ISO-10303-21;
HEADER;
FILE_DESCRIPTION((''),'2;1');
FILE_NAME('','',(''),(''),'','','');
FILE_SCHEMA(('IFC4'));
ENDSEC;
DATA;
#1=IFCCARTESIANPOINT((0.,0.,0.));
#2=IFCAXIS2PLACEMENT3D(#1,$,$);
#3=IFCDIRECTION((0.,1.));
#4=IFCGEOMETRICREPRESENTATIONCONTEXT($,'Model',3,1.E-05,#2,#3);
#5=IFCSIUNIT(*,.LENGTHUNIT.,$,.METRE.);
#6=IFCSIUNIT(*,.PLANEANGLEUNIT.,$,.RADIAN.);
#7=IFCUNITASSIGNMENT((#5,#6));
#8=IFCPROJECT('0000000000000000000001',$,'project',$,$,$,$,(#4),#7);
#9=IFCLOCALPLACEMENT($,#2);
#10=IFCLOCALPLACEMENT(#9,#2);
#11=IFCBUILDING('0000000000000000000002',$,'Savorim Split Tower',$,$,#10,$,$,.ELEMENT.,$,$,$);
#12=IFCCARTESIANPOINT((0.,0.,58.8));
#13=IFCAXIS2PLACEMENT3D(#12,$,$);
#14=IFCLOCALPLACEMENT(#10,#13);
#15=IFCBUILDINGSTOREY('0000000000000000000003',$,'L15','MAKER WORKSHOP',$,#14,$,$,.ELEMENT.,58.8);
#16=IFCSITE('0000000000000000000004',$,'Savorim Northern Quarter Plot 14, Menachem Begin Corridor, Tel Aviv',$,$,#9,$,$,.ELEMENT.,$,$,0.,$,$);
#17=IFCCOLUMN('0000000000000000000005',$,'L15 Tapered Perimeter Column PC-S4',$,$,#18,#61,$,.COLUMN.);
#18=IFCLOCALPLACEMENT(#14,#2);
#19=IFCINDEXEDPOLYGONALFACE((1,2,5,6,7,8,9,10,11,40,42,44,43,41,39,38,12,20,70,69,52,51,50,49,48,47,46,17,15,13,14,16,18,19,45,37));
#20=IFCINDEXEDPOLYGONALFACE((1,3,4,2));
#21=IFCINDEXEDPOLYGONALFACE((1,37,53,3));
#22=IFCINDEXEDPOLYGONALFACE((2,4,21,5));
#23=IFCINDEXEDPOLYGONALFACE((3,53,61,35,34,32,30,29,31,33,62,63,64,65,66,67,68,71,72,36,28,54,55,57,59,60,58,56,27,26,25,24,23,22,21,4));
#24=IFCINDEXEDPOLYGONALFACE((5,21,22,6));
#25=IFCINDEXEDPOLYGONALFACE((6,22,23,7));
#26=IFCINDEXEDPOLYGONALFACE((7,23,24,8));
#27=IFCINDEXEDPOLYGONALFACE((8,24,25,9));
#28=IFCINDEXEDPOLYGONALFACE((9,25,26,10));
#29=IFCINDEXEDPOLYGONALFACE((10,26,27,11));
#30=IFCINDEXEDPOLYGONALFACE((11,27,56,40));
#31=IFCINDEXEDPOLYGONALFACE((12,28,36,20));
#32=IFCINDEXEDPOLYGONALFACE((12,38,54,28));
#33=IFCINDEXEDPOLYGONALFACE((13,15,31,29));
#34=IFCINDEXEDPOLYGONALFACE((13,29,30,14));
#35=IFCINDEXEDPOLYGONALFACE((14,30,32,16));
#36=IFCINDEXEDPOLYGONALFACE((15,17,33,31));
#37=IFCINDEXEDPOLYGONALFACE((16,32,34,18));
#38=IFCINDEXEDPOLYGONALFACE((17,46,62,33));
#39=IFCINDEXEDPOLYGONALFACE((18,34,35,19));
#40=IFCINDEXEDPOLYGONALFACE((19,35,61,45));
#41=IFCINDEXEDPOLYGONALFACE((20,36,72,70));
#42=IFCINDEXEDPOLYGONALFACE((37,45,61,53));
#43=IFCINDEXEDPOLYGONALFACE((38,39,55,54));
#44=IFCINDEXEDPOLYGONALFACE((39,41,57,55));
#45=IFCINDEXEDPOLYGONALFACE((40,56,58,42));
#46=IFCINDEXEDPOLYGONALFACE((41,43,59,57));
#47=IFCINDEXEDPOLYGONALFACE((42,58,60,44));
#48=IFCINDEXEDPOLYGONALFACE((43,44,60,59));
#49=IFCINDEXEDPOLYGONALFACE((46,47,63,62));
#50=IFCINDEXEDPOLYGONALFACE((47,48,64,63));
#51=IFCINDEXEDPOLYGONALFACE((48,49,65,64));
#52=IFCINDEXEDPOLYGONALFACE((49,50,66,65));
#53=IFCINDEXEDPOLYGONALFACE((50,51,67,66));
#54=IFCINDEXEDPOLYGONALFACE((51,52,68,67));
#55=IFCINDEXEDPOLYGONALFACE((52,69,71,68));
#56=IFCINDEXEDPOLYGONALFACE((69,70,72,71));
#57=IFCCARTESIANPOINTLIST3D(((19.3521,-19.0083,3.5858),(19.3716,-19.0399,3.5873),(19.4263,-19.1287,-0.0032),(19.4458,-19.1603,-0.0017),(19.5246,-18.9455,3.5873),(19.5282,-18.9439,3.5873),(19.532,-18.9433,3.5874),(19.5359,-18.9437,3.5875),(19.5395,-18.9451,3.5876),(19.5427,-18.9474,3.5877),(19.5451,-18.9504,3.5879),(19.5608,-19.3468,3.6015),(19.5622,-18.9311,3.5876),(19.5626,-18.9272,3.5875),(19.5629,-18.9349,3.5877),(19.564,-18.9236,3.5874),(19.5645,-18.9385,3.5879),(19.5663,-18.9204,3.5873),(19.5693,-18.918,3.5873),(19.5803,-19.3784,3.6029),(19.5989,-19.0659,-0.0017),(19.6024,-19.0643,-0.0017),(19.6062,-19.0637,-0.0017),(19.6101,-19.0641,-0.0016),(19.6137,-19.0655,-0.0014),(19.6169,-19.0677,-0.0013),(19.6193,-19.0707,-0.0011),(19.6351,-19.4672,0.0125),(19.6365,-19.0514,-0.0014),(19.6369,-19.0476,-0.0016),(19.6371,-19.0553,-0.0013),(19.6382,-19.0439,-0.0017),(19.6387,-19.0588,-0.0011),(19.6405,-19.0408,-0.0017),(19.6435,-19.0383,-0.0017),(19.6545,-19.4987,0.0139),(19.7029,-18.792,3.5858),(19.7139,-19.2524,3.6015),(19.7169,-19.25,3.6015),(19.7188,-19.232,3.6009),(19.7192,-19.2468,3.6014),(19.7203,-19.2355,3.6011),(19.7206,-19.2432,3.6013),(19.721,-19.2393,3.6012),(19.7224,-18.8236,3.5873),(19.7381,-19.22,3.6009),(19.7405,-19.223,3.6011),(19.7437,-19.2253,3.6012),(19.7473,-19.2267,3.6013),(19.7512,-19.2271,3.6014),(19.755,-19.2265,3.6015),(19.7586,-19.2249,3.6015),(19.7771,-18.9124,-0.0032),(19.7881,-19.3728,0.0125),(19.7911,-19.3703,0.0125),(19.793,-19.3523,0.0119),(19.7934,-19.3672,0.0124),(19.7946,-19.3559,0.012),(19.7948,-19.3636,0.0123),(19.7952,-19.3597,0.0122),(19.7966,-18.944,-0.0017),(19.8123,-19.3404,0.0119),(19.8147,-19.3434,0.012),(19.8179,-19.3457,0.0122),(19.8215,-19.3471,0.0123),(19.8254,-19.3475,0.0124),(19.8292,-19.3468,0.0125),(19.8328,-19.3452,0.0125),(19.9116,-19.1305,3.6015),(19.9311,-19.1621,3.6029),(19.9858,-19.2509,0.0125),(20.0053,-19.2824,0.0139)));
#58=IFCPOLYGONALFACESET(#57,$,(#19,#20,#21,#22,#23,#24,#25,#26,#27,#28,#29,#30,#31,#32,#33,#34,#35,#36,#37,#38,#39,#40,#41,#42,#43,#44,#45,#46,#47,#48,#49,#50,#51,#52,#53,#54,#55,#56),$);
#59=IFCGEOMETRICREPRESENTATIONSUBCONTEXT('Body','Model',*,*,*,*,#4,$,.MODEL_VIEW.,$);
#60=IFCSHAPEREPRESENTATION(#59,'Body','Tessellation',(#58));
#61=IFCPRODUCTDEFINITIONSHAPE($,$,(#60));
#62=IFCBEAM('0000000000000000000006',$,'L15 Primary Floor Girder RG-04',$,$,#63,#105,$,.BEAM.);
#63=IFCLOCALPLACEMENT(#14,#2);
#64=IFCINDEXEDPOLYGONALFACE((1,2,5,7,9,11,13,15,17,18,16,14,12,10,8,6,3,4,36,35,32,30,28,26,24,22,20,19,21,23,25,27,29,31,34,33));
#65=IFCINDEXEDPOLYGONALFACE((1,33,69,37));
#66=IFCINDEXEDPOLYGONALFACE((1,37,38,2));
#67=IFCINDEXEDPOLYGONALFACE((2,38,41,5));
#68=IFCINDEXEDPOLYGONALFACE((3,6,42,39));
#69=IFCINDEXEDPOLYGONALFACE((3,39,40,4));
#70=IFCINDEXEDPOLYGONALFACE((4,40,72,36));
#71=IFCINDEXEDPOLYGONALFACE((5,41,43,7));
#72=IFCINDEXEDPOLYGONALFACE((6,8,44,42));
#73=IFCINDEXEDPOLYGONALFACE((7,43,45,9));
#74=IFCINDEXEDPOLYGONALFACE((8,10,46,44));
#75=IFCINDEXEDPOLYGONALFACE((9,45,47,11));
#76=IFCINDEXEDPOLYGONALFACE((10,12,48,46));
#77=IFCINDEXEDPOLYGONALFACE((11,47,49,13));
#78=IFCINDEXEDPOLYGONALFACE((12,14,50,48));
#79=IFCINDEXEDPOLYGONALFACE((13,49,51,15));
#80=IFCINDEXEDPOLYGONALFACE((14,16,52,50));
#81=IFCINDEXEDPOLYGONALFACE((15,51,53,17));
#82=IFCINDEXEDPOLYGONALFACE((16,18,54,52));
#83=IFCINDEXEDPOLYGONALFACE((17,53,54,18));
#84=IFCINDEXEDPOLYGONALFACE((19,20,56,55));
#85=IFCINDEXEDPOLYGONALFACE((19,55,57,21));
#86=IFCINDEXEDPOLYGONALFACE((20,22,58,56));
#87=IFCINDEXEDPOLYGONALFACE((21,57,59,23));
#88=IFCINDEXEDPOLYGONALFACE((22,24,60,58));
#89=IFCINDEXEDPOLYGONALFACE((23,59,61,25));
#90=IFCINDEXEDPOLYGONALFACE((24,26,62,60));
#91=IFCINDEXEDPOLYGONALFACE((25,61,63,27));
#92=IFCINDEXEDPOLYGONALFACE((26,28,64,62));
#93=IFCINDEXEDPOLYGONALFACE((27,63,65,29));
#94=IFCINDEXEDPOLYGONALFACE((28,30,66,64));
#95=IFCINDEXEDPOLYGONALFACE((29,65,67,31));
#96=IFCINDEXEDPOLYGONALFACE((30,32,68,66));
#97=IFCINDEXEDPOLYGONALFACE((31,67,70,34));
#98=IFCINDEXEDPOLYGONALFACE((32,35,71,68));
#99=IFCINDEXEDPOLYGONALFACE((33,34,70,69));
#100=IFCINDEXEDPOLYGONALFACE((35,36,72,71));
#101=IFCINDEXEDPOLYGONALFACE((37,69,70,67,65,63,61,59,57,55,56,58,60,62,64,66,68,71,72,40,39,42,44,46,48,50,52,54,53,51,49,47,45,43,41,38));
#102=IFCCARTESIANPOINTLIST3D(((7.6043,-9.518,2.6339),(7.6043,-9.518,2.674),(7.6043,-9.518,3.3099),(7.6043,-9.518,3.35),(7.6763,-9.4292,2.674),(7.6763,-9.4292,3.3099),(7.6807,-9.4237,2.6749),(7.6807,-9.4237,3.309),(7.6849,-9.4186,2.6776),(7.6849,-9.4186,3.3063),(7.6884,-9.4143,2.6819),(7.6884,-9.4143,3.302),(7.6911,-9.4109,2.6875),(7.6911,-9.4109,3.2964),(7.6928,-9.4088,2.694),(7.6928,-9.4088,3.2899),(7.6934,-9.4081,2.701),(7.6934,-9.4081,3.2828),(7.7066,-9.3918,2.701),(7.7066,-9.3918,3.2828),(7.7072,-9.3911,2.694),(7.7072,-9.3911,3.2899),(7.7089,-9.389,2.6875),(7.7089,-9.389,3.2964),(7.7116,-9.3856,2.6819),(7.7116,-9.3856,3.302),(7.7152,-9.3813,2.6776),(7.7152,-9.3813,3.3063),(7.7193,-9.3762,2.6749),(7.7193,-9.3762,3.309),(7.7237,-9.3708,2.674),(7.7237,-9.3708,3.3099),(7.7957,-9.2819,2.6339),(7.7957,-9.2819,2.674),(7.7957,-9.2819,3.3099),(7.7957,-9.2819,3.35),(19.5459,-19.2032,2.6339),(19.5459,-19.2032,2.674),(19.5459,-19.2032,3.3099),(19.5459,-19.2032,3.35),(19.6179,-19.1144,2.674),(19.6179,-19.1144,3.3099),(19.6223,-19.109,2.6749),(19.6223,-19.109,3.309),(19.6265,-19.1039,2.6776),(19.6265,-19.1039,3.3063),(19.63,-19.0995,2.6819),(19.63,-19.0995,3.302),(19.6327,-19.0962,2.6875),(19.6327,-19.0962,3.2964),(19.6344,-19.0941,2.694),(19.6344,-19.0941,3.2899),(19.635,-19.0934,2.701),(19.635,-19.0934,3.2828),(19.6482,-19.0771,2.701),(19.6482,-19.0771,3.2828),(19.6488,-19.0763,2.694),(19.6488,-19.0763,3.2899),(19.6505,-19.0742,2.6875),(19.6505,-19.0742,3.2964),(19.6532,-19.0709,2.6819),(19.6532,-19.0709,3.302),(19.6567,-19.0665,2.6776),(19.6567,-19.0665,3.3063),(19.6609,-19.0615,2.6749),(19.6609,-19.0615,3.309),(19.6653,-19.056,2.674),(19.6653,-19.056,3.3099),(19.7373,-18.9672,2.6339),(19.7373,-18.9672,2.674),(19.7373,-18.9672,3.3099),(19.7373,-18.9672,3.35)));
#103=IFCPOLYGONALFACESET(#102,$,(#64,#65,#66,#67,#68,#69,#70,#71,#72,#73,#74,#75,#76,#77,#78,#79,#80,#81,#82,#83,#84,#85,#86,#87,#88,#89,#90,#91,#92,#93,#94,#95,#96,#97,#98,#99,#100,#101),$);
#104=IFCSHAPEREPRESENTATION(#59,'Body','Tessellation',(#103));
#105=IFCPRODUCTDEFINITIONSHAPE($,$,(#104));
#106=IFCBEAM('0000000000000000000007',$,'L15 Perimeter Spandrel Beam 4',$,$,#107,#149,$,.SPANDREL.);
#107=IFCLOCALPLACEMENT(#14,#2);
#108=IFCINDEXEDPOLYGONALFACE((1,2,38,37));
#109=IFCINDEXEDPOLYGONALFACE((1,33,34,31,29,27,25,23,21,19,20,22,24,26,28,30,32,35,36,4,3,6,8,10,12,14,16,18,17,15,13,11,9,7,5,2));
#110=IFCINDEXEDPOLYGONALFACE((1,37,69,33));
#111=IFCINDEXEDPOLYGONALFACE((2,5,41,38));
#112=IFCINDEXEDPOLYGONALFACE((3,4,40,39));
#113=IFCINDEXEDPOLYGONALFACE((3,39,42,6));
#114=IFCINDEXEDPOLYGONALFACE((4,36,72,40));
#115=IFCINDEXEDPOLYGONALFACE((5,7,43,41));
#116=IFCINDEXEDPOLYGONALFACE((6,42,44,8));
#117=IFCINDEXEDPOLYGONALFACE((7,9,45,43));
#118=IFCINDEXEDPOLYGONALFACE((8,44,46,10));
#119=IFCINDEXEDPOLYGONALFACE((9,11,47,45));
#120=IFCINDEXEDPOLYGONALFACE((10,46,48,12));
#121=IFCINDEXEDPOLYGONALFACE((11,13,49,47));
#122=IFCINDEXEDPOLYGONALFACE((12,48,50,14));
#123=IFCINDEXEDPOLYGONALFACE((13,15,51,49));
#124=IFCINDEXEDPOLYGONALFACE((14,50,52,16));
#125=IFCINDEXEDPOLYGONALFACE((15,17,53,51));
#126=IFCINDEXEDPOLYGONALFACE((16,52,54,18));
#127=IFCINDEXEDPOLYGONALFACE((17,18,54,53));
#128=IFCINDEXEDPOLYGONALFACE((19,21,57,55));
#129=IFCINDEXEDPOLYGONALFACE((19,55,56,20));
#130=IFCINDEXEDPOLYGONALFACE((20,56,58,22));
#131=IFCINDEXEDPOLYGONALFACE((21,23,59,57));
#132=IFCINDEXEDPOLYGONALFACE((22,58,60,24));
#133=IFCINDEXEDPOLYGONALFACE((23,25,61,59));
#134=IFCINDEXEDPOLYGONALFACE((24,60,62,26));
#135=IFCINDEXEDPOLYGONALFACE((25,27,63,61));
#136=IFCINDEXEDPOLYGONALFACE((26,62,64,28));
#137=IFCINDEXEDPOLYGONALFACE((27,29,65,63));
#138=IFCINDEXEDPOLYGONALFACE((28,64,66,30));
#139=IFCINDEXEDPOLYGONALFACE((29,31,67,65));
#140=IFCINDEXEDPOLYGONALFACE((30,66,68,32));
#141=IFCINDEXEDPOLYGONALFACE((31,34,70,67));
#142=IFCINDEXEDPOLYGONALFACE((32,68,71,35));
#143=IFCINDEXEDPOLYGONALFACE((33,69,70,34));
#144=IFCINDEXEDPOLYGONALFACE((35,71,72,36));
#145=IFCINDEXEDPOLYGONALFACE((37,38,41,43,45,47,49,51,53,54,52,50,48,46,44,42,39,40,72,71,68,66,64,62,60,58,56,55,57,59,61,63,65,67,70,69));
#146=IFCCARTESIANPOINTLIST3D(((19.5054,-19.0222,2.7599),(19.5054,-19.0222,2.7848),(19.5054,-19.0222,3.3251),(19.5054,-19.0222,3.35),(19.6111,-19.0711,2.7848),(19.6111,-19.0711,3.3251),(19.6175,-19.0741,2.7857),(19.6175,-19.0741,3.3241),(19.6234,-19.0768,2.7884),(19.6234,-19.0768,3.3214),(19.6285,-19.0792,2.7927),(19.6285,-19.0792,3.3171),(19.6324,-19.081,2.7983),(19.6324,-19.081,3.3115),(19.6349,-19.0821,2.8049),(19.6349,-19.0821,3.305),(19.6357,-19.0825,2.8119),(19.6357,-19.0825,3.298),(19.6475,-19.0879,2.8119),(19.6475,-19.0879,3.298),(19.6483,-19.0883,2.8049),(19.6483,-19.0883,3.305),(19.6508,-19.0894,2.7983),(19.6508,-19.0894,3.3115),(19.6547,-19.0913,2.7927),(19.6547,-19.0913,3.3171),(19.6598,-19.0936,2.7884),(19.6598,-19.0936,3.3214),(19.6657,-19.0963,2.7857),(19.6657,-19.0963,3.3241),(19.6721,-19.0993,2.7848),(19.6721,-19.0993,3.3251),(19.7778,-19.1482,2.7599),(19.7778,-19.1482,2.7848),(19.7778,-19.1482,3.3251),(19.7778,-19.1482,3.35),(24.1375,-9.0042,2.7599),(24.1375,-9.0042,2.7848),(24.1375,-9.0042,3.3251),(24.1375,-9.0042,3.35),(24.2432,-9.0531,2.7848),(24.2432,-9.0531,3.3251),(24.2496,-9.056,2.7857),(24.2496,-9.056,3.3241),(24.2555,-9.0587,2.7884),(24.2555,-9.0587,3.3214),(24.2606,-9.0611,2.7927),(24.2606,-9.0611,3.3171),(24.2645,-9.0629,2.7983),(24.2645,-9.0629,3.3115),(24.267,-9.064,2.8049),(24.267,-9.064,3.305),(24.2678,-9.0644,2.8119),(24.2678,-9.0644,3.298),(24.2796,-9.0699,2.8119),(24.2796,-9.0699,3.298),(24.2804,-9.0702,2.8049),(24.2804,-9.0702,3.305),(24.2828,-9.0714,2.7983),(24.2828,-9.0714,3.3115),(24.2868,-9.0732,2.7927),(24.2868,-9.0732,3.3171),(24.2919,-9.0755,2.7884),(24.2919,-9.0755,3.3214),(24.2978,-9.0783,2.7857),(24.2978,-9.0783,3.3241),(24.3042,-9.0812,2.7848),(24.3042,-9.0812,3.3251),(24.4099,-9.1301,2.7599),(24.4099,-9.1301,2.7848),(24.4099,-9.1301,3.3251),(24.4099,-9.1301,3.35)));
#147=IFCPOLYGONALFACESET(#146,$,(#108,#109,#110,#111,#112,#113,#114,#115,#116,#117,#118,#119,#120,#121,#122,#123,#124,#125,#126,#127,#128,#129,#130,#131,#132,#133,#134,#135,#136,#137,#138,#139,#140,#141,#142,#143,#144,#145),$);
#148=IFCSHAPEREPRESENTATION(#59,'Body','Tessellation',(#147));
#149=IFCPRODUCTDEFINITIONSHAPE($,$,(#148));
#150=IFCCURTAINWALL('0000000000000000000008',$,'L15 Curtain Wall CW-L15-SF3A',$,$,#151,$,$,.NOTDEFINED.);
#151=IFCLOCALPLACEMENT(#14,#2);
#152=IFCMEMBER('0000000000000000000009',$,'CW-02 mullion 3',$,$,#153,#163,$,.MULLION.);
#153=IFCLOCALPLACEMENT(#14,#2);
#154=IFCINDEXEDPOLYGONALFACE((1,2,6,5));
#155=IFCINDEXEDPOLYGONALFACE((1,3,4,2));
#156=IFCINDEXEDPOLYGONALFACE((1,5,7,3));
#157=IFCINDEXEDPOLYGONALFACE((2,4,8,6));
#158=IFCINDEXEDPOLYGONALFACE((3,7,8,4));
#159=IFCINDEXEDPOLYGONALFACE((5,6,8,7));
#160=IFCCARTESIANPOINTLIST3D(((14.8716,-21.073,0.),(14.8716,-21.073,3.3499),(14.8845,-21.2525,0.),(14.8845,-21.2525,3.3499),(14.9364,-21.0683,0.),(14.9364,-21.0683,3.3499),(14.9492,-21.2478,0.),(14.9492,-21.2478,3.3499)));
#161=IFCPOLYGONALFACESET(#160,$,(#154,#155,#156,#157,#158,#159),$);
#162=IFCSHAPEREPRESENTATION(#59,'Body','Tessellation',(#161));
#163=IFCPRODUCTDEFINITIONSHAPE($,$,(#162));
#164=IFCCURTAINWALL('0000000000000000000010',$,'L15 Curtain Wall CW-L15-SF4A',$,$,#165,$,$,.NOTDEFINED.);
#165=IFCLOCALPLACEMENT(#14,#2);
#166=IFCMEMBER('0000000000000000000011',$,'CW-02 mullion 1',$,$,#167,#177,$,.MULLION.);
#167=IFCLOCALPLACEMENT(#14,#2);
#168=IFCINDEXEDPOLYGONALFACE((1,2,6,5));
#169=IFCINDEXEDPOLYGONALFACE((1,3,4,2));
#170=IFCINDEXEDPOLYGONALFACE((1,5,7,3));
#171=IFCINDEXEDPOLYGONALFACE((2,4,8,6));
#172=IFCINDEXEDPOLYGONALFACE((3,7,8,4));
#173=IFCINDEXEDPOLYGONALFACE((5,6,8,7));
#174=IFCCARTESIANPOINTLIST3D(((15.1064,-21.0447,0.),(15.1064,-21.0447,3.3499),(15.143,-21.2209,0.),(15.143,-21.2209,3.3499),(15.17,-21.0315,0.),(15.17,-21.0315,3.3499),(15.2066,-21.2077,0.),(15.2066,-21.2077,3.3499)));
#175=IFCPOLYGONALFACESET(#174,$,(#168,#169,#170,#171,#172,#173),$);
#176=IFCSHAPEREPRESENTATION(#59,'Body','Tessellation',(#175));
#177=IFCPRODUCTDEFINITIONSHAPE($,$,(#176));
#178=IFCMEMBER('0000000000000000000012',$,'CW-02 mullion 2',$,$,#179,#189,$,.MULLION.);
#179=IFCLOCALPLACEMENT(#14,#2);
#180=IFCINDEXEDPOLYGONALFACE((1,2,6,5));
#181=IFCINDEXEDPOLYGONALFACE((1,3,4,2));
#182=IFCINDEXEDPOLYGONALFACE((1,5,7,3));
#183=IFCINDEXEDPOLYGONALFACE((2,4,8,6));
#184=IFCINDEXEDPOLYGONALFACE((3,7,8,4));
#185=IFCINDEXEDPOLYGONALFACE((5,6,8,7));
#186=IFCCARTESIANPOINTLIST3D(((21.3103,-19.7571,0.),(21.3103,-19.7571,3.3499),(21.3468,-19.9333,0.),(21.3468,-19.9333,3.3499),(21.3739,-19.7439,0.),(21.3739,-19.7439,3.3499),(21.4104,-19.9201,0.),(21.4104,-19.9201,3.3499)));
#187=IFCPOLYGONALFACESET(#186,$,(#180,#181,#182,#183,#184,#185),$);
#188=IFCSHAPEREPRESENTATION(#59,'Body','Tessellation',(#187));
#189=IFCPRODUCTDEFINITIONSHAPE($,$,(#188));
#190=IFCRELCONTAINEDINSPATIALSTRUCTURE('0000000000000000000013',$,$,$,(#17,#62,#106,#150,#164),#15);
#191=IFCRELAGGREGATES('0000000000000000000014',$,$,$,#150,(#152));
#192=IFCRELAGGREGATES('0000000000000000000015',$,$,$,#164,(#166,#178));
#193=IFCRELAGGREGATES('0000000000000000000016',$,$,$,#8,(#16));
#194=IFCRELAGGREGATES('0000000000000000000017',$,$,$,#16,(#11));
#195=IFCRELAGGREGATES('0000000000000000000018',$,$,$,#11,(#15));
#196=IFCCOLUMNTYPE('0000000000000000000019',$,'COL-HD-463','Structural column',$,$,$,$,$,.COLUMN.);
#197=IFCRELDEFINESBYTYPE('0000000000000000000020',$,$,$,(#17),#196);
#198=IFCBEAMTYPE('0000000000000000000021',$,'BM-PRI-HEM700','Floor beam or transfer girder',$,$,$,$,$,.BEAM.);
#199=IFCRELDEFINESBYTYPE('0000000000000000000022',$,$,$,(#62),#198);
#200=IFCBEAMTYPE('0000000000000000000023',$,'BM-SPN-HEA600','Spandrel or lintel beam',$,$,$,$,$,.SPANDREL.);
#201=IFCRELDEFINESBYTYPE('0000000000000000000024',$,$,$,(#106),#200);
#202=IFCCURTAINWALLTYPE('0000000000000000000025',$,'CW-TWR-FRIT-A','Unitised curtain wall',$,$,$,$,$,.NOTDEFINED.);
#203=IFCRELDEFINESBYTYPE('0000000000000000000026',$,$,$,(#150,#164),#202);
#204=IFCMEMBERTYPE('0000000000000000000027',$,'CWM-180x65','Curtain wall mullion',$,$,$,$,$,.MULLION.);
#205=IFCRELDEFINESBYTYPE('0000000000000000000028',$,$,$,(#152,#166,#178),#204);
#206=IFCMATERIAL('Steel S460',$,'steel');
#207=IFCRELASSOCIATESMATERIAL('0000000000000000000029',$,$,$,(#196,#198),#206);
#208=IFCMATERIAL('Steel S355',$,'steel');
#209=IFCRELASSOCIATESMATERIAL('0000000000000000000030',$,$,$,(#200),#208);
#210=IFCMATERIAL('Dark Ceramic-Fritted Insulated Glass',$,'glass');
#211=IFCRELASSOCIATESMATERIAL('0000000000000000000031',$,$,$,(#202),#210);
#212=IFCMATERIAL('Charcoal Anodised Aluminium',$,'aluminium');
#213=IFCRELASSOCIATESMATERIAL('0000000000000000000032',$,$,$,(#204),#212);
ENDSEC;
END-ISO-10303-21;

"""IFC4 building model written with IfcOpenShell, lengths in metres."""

from ifc_helpers import new_model, si_unit, direction, frame, origin, origin_2d, place, context, subcontext, project, spatial, rectangle, i_section, extrude, material, material_profile, profile_set, type_object, element, aggregate, save


model = new_model("IFC4")

# Units and contexts
model_context = context("Model", 3, precision=1e-05, world=origin(), true_north=direction((0.0, 1.0)))
body_context = subcontext(model_context, "Body", "Model", "MODEL_VIEW")
ifc_project = project(units=[si_unit("LENGTHUNIT", "METRE"), si_unit("PLANEANGLEUNIT", "RADIAN")], contexts=[model_context])

# Site, building, storey
site_placement = place(None, origin())
site = spatial("IfcSite", under=ifc_project, at=site_placement, Name="Savorim Northern Quarter Plot 14, Menachem Begin Corridor, Tel Aviv", CompositionType="ELEMENT", RefElevation=0.0)
building_placement = place(site_placement, origin())
building = spatial("IfcBuilding", under=site, at=building_placement, Name="Savorim Split Tower", CompositionType="ELEMENT")
storey_placement = place(building_placement, frame((0.0, 0.0, 58.8)))
storey = spatial("IfcBuildingStorey", under=building, at=storey_placement, Name="L15", Description="MAKER WORKSHOP", CompositionType="ELEMENT", Elevation=58.8)

# Column
ifc_material_1 = material(Name="Steel S460", Category="steel")
ifc_material_profile_1 = material_profile(ifc_material_1, i_section(OverallWidth=0.4121, OverallDepth=0.4351, WebThickness=0.0227, FlangeThickness=0.0371, FilletRadius=0.0149, at=origin_2d()), Name="HD 400x463")
ifc_profile_set_1 = profile_set([ifc_material_profile_1], Name="Steel S460")
column_type = type_object("IfcColumnType", Name="COL-HD-463", Description="Structural column", PredefinedType="COLUMN", material=ifc_profile_set_1)
column_placement = place(storey_placement, frame((19.7158, -19.2056, 0.0054), z_axis=(-0.020663, 0.033509, 0.999225), x_axis=(-0.851184, -0.524868, 0.0)))
element("IfcColumn", 1, at=column_placement, inside=storey, type_object=column_type, Name="L15 Tapered Perimeter Column PC-S4", PredefinedType="COLUMN", context=body_context, shape_type="SweptSolid", body=[
    extrude(i_section(OverallWidth=0.4121, OverallDepth=0.4351, WebThickness=0.0227, FlangeThickness=0.0371, FilletRadius=0.0149, at=origin_2d()), origin(), (0.0, 0.0, 1.0), 3.5918),
])

# Beams
ifc_material_profile_2 = material_profile(ifc_material_1, i_section(OverallWidth=0.304, OverallDepth=0.7161, WebThickness=0.021, FlangeThickness=0.04, FilletRadius=0.0271, at=origin_2d()), Name="HE 700 M")
ifc_profile_set_2 = profile_set([ifc_material_profile_2], Name="Steel S460")
beam_type_1 = type_object("IfcBeamType", Name="BM-PRI-HEM700", Description="Floor beam or transfer girder", PredefinedType="BEAM", material=ifc_profile_set_2)
beam_1_placement = place(storey_placement, frame((19.6416, -19.0852, 2.9919), z_axis=(-0.776664, 0.629915, 0.0), x_axis=(-0.629915, -0.776664, 0.0)))
element("IfcBeam", 2, at=beam_1_placement, inside=storey, type_object=beam_type_1, Name="L15 Primary Floor Girder RG-04", PredefinedType="BEAM", context=body_context, shape_type="SweptSolid", body=[
    extrude(i_section(OverallWidth=0.304, OverallDepth=0.7161, WebThickness=0.021, FlangeThickness=0.04, FilletRadius=0.0271, at=origin_2d()), origin(), (0.0, 0.0, 1.0), 15.3755),
])
ifc_material_2 = material(Name="Steel S355", Category="steel")
ifc_material_profile_3 = material_profile(ifc_material_2, i_section(OverallWidth=0.3, OverallDepth=0.5901, WebThickness=0.0129, FlangeThickness=0.0249, FilletRadius=0.0271, at=origin_2d()), Name="HEA 600")
ifc_profile_set_3 = profile_set([ifc_material_profile_3], Name="Steel S355")
beam_type_2 = type_object("IfcBeamType", Name="BM-SPN-HEA600", Description="Spandrel or lintel beam", PredefinedType="SPANDREL", material=ifc_profile_set_3)
beam_2_placement = place(storey_placement, frame((19.6416, -19.0852, 3.0549), z_axis=(0.419682, 0.907671, 0.0), x_axis=(-0.907671, 0.419682, 0.0)))
element("IfcBeam", 3, at=beam_2_placement, inside=storey, type_object=beam_type_2, Name="L15 Perimeter Spandrel Beam 4", PredefinedType="SPANDREL", context=body_context, shape_type="SweptSolid", body=[
    extrude(i_section(OverallWidth=0.3, OverallDepth=0.5901, WebThickness=0.0129, FlangeThickness=0.0249, FilletRadius=0.0271, at=origin_2d()), origin(), (0.0, 0.0, 1.0), 11.0371),
])

# Curtain wall, member
ifc_material_3 = material(Name="Dark Ceramic-Fritted Insulated Glass", Category="glass")
curtain_wall_type = type_object("IfcCurtainWallType", Name="CW-TWR-FRIT-A", Description="Unitised curtain wall", PredefinedType="NOTDEFINED", material=ifc_material_3)
curtain_wall_1_placement = place(storey_placement, origin())
curtain_wall_1 = element("IfcCurtainWall", 4, at=curtain_wall_1_placement, inside=storey, type_object=curtain_wall_type, Name="L15 Curtain Wall CW-L15-SF3A", PredefinedType="NOTDEFINED")
ifc_material_4 = material(Name="Charcoal Anodised Aluminium", Category="aluminium")
ifc_material_profile_4 = material_profile(ifc_material_4, rectangle(XDim=0.1799, YDim=0.0649, at=origin_2d()), Name="ALU-M 180x65")
ifc_profile_set_4 = profile_set([ifc_material_profile_4], Name="Charcoal Anodised Aluminium")
member_type_1 = type_object("IfcMemberType", Name="CWM-180x65", Description="Curtain wall mullion", PredefinedType="MULLION", material=ifc_profile_set_4)
member_1_placement = place(storey_placement, frame((14.9104, -21.1604, 0.0), z_axis=(0.0, 0.0, 1.0), x_axis=(-0.071559, 0.997436, 0.0)))
member_1 = element("IfcMember", 5, at=member_1_placement, type_object=member_type_1, Name="CW-02 mullion 3", PredefinedType="MULLION", context=body_context, shape_type="SweptSolid", body=[
    extrude(rectangle(XDim=0.1799, YDim=0.0649, at=origin_2d()), origin(), (0.0, 0.0, 1.0), 3.3499),
])
aggregate(curtain_wall_1, [member_1])

# Curtain wall, members
curtain_wall_2_placement = place(storey_placement, origin())
curtain_wall_2 = element("IfcCurtainWall", 6, at=curtain_wall_2_placement, inside=storey, type_object=curtain_wall_type, Name="L15 Curtain Wall CW-L15-SF4A", PredefinedType="NOTDEFINED")
member_2_placement = place(storey_placement, frame((15.1565, -21.1262, 0.0), z_axis=(0.0, 0.0, 1.0), x_axis=(-0.203216, 0.979134, 0.0)))
member_2 = element("IfcMember", 7, at=member_2_placement, type_object=member_type_1, Name="CW-02 mullion 1", PredefinedType="MULLION", context=body_context, shape_type="SweptSolid", body=[
    extrude(rectangle(XDim=0.1799, YDim=0.0649, at=origin_2d()), origin(), (0.0, 0.0, 1.0), 3.3499),
])
member_3_placement = place(storey_placement, frame((21.3604, -19.8386, 0.0), z_axis=(0.0, 0.0, 1.0), x_axis=(-0.203216, 0.979134, 0.0)))
member_3 = element("IfcMember", 8, at=member_3_placement, type_object=member_type_1, Name="CW-02 mullion 2", PredefinedType="MULLION", context=body_context, shape_type="SweptSolid", body=[
    extrude(rectangle(XDim=0.1799, YDim=0.0649, at=origin_2d()), origin(), (0.0, 0.0, 1.0), 3.3499),
])
aggregate(curtain_wall_2, [member_2, member_3])

save(model, "model.ifc")
